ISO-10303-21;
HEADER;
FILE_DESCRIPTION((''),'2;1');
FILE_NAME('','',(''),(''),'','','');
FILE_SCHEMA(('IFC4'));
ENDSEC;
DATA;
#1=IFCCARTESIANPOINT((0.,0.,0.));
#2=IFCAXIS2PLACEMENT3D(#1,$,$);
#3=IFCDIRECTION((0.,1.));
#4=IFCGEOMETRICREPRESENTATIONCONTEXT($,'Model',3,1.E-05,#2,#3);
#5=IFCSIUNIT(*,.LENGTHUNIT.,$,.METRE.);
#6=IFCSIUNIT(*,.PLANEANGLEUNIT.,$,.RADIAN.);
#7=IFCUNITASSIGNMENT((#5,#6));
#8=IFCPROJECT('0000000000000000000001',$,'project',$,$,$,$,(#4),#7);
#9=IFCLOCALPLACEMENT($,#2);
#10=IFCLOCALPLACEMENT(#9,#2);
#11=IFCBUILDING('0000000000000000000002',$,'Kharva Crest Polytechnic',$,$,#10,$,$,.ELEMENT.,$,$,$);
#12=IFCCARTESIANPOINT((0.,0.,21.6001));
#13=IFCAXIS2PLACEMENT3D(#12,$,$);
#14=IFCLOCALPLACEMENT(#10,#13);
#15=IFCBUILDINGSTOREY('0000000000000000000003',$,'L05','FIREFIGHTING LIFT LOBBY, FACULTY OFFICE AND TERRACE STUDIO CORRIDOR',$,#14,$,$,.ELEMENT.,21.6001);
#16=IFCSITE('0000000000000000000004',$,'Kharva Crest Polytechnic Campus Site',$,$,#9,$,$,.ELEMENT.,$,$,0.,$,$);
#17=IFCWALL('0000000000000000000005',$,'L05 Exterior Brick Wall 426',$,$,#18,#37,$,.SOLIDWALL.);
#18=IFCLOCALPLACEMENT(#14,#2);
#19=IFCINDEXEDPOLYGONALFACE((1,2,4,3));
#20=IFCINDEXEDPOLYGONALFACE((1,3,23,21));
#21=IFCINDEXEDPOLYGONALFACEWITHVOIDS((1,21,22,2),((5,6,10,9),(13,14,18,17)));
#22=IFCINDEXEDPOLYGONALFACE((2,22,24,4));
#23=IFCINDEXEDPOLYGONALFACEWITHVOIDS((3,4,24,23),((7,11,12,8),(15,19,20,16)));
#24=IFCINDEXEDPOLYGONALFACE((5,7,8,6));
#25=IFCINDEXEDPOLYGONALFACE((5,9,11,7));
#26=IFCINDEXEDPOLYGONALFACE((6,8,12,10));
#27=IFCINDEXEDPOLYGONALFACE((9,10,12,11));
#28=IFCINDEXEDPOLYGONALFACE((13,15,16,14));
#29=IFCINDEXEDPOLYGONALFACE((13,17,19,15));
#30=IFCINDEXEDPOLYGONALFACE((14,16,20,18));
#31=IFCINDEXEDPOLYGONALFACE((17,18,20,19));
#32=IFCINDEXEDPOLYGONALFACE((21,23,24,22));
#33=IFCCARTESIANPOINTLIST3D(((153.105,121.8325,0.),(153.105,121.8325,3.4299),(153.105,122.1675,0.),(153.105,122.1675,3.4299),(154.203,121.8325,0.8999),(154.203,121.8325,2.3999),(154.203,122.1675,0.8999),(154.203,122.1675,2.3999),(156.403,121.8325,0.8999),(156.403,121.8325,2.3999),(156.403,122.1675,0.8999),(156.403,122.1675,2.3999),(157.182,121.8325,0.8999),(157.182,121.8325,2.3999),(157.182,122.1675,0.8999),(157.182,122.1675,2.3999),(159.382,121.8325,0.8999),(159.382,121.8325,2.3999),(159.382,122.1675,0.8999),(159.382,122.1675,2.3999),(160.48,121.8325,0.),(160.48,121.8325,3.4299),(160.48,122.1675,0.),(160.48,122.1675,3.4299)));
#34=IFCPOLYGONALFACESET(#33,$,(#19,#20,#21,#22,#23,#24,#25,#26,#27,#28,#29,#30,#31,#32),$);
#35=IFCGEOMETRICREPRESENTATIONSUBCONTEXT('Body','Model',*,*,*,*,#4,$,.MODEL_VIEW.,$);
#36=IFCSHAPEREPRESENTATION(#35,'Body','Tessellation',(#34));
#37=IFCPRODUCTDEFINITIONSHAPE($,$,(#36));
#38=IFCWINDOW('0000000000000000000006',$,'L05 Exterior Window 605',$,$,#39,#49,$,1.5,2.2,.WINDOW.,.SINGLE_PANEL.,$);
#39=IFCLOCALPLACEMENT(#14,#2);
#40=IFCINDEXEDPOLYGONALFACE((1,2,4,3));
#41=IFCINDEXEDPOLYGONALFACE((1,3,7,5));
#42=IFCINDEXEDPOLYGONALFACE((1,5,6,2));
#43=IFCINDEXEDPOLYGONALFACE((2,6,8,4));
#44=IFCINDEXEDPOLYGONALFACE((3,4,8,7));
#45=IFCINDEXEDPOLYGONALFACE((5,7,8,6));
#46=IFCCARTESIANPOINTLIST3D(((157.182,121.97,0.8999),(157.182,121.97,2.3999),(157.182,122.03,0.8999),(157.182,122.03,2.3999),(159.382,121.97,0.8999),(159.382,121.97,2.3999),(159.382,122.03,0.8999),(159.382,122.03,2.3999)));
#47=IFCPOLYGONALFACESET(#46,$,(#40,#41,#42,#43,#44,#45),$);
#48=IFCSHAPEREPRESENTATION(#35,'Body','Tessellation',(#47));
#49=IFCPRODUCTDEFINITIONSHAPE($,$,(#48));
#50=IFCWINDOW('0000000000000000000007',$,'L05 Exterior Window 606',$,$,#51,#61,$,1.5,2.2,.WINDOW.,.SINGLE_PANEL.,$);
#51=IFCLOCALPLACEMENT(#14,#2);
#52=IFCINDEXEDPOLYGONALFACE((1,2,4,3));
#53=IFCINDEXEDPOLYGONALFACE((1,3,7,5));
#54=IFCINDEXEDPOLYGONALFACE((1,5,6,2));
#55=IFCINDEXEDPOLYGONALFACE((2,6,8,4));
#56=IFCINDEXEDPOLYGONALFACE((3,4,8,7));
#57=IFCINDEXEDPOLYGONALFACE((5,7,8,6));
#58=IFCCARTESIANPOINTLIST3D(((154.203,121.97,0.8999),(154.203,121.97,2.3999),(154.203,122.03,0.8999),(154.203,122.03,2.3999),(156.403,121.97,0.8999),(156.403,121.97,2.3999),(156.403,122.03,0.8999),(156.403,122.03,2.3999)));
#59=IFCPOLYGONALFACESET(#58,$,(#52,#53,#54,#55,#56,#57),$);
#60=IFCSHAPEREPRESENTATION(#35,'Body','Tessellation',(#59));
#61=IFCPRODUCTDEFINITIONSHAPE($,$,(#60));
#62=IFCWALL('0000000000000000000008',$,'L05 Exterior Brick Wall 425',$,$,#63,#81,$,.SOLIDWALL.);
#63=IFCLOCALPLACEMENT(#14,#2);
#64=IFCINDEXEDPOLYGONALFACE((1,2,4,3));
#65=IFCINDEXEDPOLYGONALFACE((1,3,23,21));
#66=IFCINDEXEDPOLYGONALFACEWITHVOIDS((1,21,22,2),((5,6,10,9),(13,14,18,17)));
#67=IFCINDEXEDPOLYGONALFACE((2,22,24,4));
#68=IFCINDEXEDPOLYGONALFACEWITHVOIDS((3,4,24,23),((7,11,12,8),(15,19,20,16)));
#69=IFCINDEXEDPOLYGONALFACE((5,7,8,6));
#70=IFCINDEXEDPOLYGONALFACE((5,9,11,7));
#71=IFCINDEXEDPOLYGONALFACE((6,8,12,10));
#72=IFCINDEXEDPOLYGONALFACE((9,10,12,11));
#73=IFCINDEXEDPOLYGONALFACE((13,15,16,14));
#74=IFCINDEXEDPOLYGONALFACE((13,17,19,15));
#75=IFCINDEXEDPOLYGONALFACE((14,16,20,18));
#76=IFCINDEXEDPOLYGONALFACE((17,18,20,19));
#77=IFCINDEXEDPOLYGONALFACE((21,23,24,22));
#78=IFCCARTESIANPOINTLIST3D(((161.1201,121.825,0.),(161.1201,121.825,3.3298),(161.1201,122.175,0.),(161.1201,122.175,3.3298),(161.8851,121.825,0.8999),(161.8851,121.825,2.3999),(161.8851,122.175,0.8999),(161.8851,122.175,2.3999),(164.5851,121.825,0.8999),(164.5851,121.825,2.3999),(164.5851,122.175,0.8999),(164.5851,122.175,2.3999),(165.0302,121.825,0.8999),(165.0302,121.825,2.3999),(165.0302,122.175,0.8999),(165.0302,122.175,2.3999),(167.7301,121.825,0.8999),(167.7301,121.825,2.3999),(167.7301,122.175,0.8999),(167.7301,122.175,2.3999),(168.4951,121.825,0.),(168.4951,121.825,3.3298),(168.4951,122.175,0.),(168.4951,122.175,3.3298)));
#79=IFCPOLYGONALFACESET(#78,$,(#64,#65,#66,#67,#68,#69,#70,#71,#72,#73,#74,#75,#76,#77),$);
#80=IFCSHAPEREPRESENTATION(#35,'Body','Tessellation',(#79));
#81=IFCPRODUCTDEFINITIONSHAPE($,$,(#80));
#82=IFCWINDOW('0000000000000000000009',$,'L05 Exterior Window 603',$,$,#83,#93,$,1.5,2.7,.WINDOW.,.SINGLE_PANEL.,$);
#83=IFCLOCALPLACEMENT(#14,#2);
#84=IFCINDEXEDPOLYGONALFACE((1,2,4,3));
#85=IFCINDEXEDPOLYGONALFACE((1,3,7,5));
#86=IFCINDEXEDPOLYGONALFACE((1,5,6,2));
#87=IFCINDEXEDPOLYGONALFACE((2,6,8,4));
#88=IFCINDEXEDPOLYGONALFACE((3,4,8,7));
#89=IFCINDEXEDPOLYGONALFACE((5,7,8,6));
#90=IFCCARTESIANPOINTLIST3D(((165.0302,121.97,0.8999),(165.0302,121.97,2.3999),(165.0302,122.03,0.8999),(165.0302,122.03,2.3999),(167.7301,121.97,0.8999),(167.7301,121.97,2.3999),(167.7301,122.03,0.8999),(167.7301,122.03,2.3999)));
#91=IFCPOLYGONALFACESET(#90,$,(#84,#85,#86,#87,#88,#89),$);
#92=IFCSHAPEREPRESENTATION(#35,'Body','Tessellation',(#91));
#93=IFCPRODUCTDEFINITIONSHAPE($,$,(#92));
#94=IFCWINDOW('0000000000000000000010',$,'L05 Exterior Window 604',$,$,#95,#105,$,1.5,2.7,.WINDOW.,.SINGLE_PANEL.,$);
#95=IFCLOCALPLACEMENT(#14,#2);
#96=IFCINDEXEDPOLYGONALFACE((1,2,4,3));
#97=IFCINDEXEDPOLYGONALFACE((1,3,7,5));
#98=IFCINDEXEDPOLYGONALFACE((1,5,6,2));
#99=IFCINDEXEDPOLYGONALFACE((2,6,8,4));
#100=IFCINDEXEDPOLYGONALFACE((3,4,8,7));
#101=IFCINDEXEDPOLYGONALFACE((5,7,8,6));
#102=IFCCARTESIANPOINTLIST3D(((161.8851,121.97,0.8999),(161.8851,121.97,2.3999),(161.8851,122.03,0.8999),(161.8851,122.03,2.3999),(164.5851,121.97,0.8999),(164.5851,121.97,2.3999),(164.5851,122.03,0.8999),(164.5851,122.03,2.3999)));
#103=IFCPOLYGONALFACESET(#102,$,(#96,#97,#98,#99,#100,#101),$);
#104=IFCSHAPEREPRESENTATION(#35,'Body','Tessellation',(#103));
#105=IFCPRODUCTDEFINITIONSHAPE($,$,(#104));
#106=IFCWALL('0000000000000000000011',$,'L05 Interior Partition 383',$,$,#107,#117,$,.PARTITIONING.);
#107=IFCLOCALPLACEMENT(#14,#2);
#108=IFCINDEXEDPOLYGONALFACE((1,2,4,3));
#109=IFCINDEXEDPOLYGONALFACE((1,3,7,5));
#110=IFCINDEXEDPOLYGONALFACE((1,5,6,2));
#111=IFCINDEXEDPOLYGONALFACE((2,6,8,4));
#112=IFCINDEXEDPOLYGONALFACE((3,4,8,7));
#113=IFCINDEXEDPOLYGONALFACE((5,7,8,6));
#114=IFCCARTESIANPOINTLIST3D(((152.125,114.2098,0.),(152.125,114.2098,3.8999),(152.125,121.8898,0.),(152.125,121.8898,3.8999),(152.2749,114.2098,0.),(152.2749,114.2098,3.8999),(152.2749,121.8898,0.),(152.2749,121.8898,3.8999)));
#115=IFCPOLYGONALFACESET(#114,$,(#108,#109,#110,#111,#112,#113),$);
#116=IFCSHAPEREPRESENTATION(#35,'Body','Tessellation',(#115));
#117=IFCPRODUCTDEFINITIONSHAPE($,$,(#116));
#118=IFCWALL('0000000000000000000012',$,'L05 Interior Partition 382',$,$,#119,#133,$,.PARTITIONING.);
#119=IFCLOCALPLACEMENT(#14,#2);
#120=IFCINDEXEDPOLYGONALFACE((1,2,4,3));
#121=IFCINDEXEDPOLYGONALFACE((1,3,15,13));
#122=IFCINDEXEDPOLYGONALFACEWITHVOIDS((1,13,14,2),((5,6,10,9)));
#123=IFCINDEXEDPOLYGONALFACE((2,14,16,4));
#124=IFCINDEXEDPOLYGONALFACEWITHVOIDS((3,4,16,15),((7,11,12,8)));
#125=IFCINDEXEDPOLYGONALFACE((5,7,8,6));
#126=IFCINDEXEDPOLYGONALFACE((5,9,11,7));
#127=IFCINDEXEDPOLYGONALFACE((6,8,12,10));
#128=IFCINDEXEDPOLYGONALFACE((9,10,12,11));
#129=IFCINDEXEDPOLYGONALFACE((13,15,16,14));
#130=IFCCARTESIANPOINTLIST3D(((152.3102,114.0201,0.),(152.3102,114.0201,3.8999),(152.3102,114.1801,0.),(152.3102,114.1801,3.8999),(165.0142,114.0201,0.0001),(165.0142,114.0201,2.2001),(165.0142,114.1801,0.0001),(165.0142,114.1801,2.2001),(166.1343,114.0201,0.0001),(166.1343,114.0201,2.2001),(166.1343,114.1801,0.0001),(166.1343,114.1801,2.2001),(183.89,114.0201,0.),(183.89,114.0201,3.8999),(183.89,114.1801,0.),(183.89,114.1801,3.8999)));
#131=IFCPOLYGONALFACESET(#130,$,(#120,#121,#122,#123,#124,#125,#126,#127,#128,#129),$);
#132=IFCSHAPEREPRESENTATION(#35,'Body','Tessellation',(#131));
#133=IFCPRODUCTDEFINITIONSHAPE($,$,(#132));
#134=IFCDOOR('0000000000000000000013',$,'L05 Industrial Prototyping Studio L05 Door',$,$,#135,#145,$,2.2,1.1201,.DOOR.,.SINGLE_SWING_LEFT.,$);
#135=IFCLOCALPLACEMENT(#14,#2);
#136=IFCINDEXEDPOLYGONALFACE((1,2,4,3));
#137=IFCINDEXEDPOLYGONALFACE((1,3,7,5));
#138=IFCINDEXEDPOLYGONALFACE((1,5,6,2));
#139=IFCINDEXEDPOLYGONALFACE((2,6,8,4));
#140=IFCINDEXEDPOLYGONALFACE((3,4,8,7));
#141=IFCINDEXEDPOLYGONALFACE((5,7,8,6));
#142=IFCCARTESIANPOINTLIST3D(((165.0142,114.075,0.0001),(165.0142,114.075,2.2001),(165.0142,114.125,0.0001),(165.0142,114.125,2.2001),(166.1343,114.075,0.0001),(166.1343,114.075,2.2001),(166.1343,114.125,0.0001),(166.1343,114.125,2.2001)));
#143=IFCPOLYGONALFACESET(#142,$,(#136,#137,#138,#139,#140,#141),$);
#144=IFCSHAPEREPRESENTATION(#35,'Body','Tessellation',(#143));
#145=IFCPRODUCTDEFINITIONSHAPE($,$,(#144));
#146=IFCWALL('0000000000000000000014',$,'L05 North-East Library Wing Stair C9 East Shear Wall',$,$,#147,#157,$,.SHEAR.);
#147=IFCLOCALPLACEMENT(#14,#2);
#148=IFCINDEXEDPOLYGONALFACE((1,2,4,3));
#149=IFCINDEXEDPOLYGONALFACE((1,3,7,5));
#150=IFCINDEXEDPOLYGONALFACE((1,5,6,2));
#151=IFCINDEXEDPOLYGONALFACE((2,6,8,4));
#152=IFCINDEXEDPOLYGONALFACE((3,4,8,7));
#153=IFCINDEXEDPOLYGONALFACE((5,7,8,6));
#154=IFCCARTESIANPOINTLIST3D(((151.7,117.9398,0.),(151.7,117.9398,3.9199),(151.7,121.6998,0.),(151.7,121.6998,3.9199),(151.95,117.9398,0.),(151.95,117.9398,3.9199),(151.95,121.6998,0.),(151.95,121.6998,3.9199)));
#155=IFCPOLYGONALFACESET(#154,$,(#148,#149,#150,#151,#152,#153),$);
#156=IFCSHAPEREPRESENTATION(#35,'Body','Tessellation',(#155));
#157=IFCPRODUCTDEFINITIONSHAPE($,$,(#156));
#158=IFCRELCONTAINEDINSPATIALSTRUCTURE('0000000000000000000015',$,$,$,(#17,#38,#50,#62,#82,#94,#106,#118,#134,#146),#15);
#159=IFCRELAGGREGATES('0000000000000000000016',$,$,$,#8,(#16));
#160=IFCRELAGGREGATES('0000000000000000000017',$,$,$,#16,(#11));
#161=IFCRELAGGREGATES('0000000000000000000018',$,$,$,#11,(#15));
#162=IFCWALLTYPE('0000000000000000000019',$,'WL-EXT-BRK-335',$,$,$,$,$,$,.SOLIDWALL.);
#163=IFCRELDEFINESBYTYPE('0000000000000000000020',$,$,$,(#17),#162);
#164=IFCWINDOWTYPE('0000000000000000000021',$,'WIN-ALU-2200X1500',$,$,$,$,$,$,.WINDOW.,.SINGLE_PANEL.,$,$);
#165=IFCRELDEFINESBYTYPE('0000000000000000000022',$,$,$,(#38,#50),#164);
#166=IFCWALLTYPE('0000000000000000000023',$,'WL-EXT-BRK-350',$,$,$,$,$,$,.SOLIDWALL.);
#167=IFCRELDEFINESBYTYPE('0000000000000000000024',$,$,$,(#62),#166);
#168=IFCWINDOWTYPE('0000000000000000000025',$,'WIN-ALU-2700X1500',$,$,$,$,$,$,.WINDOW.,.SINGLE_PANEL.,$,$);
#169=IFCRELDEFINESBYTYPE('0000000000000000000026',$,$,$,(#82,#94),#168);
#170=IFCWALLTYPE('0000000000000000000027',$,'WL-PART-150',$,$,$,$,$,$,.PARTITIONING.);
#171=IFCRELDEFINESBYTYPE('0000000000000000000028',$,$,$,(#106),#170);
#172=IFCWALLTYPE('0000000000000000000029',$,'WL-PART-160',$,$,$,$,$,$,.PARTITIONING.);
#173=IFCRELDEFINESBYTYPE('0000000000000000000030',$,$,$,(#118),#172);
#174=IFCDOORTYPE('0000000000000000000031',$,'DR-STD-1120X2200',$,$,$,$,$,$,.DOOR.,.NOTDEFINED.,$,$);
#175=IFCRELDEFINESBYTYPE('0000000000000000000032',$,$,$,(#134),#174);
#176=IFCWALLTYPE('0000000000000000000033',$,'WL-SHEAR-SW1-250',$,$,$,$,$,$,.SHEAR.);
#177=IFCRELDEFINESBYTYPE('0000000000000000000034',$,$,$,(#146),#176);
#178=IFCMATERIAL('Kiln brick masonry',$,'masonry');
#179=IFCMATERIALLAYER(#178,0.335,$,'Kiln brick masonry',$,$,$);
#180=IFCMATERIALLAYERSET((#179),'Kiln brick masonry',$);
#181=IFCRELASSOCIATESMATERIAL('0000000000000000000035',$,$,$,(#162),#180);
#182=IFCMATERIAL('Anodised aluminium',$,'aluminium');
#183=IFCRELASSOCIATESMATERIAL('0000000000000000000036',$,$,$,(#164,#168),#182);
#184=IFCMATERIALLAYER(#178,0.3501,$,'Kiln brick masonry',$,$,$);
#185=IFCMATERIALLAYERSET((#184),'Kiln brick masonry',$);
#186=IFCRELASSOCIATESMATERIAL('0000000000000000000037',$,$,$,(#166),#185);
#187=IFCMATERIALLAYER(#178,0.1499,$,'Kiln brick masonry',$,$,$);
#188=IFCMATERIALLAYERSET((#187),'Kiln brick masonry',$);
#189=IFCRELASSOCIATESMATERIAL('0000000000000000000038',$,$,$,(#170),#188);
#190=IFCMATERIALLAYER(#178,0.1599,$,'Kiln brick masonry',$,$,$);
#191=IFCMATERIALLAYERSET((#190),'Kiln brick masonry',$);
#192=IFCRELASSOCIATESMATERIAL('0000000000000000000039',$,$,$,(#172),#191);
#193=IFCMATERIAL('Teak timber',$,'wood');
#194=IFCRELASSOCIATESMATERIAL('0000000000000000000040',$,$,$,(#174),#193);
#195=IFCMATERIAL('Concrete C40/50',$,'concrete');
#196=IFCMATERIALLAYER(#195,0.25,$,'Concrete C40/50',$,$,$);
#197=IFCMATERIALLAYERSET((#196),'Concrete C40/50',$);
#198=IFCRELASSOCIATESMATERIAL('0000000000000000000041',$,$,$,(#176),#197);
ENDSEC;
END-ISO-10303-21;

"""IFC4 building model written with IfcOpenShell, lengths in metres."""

from ifc_helpers import new_model, si_unit, direction, frame, frame_2d, origin, place, context, subcontext, project, spatial, rectangle, extrude, material, layer, layer_set, type_object, element, fill, save


model = new_model("IFC4")

# Units and contexts
model_context = context("Model", 3, precision=1e-05, world=origin(), true_north=direction((0.0, 1.0)))
body_context = subcontext(model_context, "Body", "Model", "MODEL_VIEW")
ifc_project = project(units=[si_unit("LENGTHUNIT", "METRE"), si_unit("PLANEANGLEUNIT", "RADIAN")], contexts=[model_context])

# Site, building, storey
site_placement = place(None, origin())
site = spatial("IfcSite", under=ifc_project, at=site_placement, Name="Kharva Crest Polytechnic Campus Site", CompositionType="ELEMENT", RefElevation=0.0)
building_placement = place(site_placement, origin())
building = spatial("IfcBuilding", under=site, at=building_placement, Name="Kharva Crest Polytechnic", CompositionType="ELEMENT")
storey_placement = place(building_placement, frame((0.0, 0.0, 21.6001)))
storey = spatial("IfcBuildingStorey", under=building, at=storey_placement, Name="L05", Description="FIREFIGHTING LIFT LOBBY, FACULTY OFFICE AND TERRACE STUDIO CORRIDOR", CompositionType="ELEMENT", Elevation=21.6001)

# Shared definitions
ifc_material_1 = material(Name="Concrete C40/50", Category="concrete")

# Shared definitions
ifc_material_2 = material(Name="Kiln brick masonry", Category="masonry")

# Walls, openings, windows
ifc_layer_1 = layer(ifc_material_2, 0.335, Name="Kiln brick masonry")
ifc_layer_set_1 = layer_set([ifc_layer_1], Name="Kiln brick masonry")
wall_type_1 = type_object("IfcWallType", Name="WL-EXT-BRK-335", PredefinedType="SOLIDWALL", material=ifc_layer_set_1)
wall_1_placement = place(storey_placement, frame((160.48, 122.0, 0.0), z_axis=(0.0, 0.0, 1.0), x_axis=(-1.0, 0.0, 0.0)))
wall_1 = element("IfcWall", 1, at=wall_1_placement, inside=storey, type_object=wall_type_1, Name="L05 Exterior Brick Wall 426", PredefinedType="SOLIDWALL", context=body_context, shape_type="SweptSolid", body=[
    extrude(rectangle(XDim=7.375, YDim=0.335, at=frame_2d((3.6875, 0.0))), origin(), (0.0, 0.0, 1.0), 3.4299),
])
opening_1_placement = place(wall_1_placement, frame((1.0979, 0.0, 0.8999)))
opening_1 = element("IfcOpeningElement", 2, at=opening_1_placement, cuts=wall_1, PredefinedType="OPENING", context=body_context, shape_type="SweptSolid", body=[
    extrude(rectangle(XDim=2.2, YDim=1.5, at=frame_2d((1.1001, 0.75))), frame((0.0, 0.1775, 0.0), z_axis=(0.0, -1.0, 0.0), x_axis=(1.0, 0.0, 0.0)), (0.0, 0.0, 1.0), 0.355),
])
opening_2_placement = place(wall_1_placement, frame((4.0769, 0.0, 0.8999)))
opening_2 = element("IfcOpeningElement", 3, at=opening_2_placement, cuts=wall_1, PredefinedType="OPENING", context=body_context, shape_type="SweptSolid", body=[
    extrude(rectangle(XDim=2.2, YDim=1.5, at=frame_2d((1.1001, 0.75))), frame((0.0, 0.1775, 0.0), z_axis=(0.0, -1.0, 0.0), x_axis=(1.0, 0.0, 0.0)), (0.0, 0.0, 1.0), 0.355),
])
ifc_material_3 = material(Name="Anodised aluminium", Category="aluminium")
window_type_1 = type_object("IfcWindowType", Name="WIN-ALU-2200X1500", PartitioningType="SINGLE_PANEL", PredefinedType="WINDOW", material=ifc_material_3)
window_1_placement = place(opening_1_placement, origin())
window_1 = element("IfcWindow", 4, at=window_1_placement, inside=storey, type_object=window_type_1, Name="L05 Exterior Window 605", OverallHeight=1.5, OverallWidth=2.2, PartitioningType="SINGLE_PANEL", PredefinedType="WINDOW", context=body_context, shape_type="SweptSolid", body=[
    extrude(rectangle(XDim=2.2, YDim=1.5, at=frame_2d((1.1001, 0.75))), frame((0.0, 0.03, 0.0), z_axis=(0.0, -1.0, 0.0), x_axis=(1.0, 0.0, 0.0)), (0.0, 0.0, 1.0), 0.0601),
])
fill(opening_1, window_1)
window_2_placement = place(opening_2_placement, origin())
window_2 = element("IfcWindow", 5, at=window_2_placement, inside=storey, type_object=window_type_1, Name="L05 Exterior Window 606", OverallHeight=1.5, OverallWidth=2.2, PartitioningType="SINGLE_PANEL", PredefinedType="WINDOW", context=body_context, shape_type="SweptSolid", body=[
    extrude(rectangle(XDim=2.2, YDim=1.5, at=frame_2d((1.1001, 0.75))), frame((0.0, 0.03, 0.0), z_axis=(0.0, -1.0, 0.0), x_axis=(1.0, 0.0, 0.0)), (0.0, 0.0, 1.0), 0.0601),
])
fill(opening_2, window_2)
ifc_layer_2 = layer(ifc_material_2, 0.3501, Name="Kiln brick masonry")
ifc_layer_set_2 = layer_set([ifc_layer_2], Name="Kiln brick masonry")
wall_type_2 = type_object("IfcWallType", Name="WL-EXT-BRK-350", PredefinedType="SOLIDWALL", material=ifc_layer_set_2)
wall_2_placement = place(storey_placement, frame((168.4951, 122.0, 0.0), z_axis=(0.0, 0.0, 1.0), x_axis=(-1.0, 0.0, 0.0)))
wall_2 = element("IfcWall", 6, at=wall_2_placement, inside=storey, type_object=wall_type_2, Name="L05 Exterior Brick Wall 425", PredefinedType="SOLIDWALL", context=body_context, shape_type="SweptSolid", body=[
    extrude(rectangle(XDim=7.375, YDim=0.3501, at=frame_2d((3.6875, 0.0))), origin(), (0.0, 0.0, 1.0), 3.3298),
])
opening_3_placement = place(wall_2_placement, frame((0.7649, 0.0, 0.8999)))
opening_3 = element("IfcOpeningElement", 7, at=opening_3_placement, cuts=wall_2, PredefinedType="OPENING", context=body_context, shape_type="SweptSolid", body=[
    extrude(rectangle(XDim=2.7, YDim=1.5, at=frame_2d((1.3501, 0.75))), frame((0.0, 0.1851, 0.0), z_axis=(0.0, -1.0, 0.0), x_axis=(1.0, 0.0, 0.0)), (0.0, 0.0, 1.0), 0.3701),
])
opening_4_placement = place(wall_2_placement, frame((3.9099, 0.0, 0.8999)))
opening_4 = element("IfcOpeningElement", 8, at=opening_4_placement, cuts=wall_2, PredefinedType="OPENING", context=body_context, shape_type="SweptSolid", body=[
    extrude(rectangle(XDim=2.7, YDim=1.5, at=frame_2d((1.3501, 0.75))), frame((0.0, 0.1851, 0.0), z_axis=(0.0, -1.0, 0.0), x_axis=(1.0, 0.0, 0.0)), (0.0, 0.0, 1.0), 0.3701),
])
window_type_2 = type_object("IfcWindowType", Name="WIN-ALU-2700X1500", PartitioningType="SINGLE_PANEL", PredefinedType="WINDOW", material=ifc_material_3)
window_3_placement = place(opening_3_placement, origin())
window_3 = element("IfcWindow", 9, at=window_3_placement, inside=storey, type_object=window_type_2, Name="L05 Exterior Window 603", OverallHeight=1.5, OverallWidth=2.7, PartitioningType="SINGLE_PANEL", PredefinedType="WINDOW", context=body_context, shape_type="SweptSolid", body=[
    extrude(rectangle(XDim=2.7, YDim=1.5, at=frame_2d((1.3501, 0.75))), frame((0.0, 0.03, 0.0), z_axis=(0.0, -1.0, 0.0), x_axis=(1.0, 0.0, 0.0)), (0.0, 0.0, 1.0), 0.0601),
])
fill(opening_3, window_3)
window_4_placement = place(opening_4_placement, origin())
window_4 = element("IfcWindow", 10, at=window_4_placement, inside=storey, type_object=window_type_2, Name="L05 Exterior Window 604", OverallHeight=1.5, OverallWidth=2.7, PartitioningType="SINGLE_PANEL", PredefinedType="WINDOW", context=body_context, shape_type="SweptSolid", body=[
    extrude(rectangle(XDim=2.7, YDim=1.5, at=frame_2d((1.3501, 0.75))), frame((0.0, 0.03, 0.0), z_axis=(0.0, -1.0, 0.0), x_axis=(1.0, 0.0, 0.0)), (0.0, 0.0, 1.0), 0.0601),
])
fill(opening_4, window_4)

# Wall
ifc_layer_3 = layer(ifc_material_2, 0.1499, Name="Kiln brick masonry")
ifc_layer_set_3 = layer_set([ifc_layer_3], Name="Kiln brick masonry")
wall_type_3 = type_object("IfcWallType", Name="WL-PART-150", PredefinedType="PARTITIONING", material=ifc_layer_set_3)
wall_3_placement = place(storey_placement, frame((152.2, 114.21, 0.0), z_axis=(0.0, 0.0, 1.0), x_axis=(0.0, 1.0, 0.0)))
element("IfcWall", 11, at=wall_3_placement, inside=storey, type_object=wall_type_3, Name="L05 Interior Partition 383", PredefinedType="PARTITIONING", context=body_context, shape_type="SweptSolid", body=[
    extrude(rectangle(XDim=7.6799, YDim=0.1499, at=frame_2d((3.8398, 0.0))), origin(), (0.0, 0.0, 1.0), 3.8999),
])

# Wall, opening, door
ifc_layer_4 = layer(ifc_material_2, 0.1599, Name="Kiln brick masonry")
ifc_layer_set_4 = layer_set([ifc_layer_4], Name="Kiln brick masonry")
wall_type_4 = type_object("IfcWallType", Name="WL-PART-160", PredefinedType="PARTITIONING", material=ifc_layer_set_4)
wall_4_placement = place(storey_placement, frame((152.3101, 114.1001, 0.0), z_axis=(0.0, 0.0, 1.0), x_axis=(1.0, 0.0, 0.0)))
wall_4 = element("IfcWall", 12, at=wall_4_placement, inside=storey, type_object=wall_type_4, Name="L05 Interior Partition 382", PredefinedType="PARTITIONING", context=body_context, shape_type="SweptSolid", body=[
    extrude(rectangle(XDim=31.5798, YDim=0.1599, at=frame_2d((15.79, 0.0))), origin(), (0.0, 0.0, 1.0), 3.8999),
])
opening_5_placement = place(wall_4_placement, frame((12.7041, 0.0, 0.0)))
opening_5 = element("IfcOpeningElement", 13, at=opening_5_placement, cuts=wall_4, PredefinedType="OPENING", context=body_context, shape_type="SweptSolid", body=[
    extrude(rectangle(XDim=1.1201, YDim=2.2, at=frame_2d((0.5601, 1.1001))), frame((0.0, 0.0898, 0.0), z_axis=(0.0, -1.0, 0.0), x_axis=(1.0, 0.0, 0.0)), (0.0, 0.0, 1.0), 0.1799),
])
ifc_material_4 = material(Name="Teak timber", Category="wood")
door_type = type_object("IfcDoorType", Name="DR-STD-1120X2200", OperationType="NOTDEFINED", PredefinedType="DOOR", material=ifc_material_4)
door_placement = place(opening_5_placement, origin())
door = element("IfcDoor", 14, at=door_placement, inside=storey, type_object=door_type, Name="L05 Industrial Prototyping Studio L05 Door", OperationType="SINGLE_SWING_LEFT", OverallHeight=2.2, OverallWidth=1.1201, PredefinedType="DOOR", context=body_context, shape_type="SweptSolid", body=[
    extrude(rectangle(XDim=1.1201, YDim=2.2, at=frame_2d((0.5601, 1.1001))), frame((0.0, 0.0249, 0.0), z_axis=(0.0, -1.0, 0.0), x_axis=(1.0, 0.0, 0.0)), (0.0, 0.0, 1.0), 0.05),
])
fill(opening_5, door)

# Wall
ifc_layer_5 = layer(ifc_material_1, 0.25, Name="Concrete C40/50")
ifc_layer_set_5 = layer_set([ifc_layer_5], Name="Concrete C40/50")
wall_type_5 = type_object("IfcWallType", Name="WL-SHEAR-SW1-250", PredefinedType="SHEAR", material=ifc_layer_set_5)
wall_5_placement = place(storey_placement, frame((151.825, 117.9399, 0.0), z_axis=(0.0, 0.0, 1.0), x_axis=(0.0, 1.0, 0.0)))
element("IfcWall", 15, at=wall_5_placement, inside=storey, type_object=wall_type_5, Name="L05 North-East Library Wing Stair C9 East Shear Wall", PredefinedType="SHEAR", context=body_context, shape_type="SweptSolid", body=[
    extrude(rectangle(XDim=3.76, YDim=0.25, at=frame_2d((1.8799, 0.0))), origin(), (0.0, 0.0, 1.0), 3.9199),
])

save(model, "model.ifc")
